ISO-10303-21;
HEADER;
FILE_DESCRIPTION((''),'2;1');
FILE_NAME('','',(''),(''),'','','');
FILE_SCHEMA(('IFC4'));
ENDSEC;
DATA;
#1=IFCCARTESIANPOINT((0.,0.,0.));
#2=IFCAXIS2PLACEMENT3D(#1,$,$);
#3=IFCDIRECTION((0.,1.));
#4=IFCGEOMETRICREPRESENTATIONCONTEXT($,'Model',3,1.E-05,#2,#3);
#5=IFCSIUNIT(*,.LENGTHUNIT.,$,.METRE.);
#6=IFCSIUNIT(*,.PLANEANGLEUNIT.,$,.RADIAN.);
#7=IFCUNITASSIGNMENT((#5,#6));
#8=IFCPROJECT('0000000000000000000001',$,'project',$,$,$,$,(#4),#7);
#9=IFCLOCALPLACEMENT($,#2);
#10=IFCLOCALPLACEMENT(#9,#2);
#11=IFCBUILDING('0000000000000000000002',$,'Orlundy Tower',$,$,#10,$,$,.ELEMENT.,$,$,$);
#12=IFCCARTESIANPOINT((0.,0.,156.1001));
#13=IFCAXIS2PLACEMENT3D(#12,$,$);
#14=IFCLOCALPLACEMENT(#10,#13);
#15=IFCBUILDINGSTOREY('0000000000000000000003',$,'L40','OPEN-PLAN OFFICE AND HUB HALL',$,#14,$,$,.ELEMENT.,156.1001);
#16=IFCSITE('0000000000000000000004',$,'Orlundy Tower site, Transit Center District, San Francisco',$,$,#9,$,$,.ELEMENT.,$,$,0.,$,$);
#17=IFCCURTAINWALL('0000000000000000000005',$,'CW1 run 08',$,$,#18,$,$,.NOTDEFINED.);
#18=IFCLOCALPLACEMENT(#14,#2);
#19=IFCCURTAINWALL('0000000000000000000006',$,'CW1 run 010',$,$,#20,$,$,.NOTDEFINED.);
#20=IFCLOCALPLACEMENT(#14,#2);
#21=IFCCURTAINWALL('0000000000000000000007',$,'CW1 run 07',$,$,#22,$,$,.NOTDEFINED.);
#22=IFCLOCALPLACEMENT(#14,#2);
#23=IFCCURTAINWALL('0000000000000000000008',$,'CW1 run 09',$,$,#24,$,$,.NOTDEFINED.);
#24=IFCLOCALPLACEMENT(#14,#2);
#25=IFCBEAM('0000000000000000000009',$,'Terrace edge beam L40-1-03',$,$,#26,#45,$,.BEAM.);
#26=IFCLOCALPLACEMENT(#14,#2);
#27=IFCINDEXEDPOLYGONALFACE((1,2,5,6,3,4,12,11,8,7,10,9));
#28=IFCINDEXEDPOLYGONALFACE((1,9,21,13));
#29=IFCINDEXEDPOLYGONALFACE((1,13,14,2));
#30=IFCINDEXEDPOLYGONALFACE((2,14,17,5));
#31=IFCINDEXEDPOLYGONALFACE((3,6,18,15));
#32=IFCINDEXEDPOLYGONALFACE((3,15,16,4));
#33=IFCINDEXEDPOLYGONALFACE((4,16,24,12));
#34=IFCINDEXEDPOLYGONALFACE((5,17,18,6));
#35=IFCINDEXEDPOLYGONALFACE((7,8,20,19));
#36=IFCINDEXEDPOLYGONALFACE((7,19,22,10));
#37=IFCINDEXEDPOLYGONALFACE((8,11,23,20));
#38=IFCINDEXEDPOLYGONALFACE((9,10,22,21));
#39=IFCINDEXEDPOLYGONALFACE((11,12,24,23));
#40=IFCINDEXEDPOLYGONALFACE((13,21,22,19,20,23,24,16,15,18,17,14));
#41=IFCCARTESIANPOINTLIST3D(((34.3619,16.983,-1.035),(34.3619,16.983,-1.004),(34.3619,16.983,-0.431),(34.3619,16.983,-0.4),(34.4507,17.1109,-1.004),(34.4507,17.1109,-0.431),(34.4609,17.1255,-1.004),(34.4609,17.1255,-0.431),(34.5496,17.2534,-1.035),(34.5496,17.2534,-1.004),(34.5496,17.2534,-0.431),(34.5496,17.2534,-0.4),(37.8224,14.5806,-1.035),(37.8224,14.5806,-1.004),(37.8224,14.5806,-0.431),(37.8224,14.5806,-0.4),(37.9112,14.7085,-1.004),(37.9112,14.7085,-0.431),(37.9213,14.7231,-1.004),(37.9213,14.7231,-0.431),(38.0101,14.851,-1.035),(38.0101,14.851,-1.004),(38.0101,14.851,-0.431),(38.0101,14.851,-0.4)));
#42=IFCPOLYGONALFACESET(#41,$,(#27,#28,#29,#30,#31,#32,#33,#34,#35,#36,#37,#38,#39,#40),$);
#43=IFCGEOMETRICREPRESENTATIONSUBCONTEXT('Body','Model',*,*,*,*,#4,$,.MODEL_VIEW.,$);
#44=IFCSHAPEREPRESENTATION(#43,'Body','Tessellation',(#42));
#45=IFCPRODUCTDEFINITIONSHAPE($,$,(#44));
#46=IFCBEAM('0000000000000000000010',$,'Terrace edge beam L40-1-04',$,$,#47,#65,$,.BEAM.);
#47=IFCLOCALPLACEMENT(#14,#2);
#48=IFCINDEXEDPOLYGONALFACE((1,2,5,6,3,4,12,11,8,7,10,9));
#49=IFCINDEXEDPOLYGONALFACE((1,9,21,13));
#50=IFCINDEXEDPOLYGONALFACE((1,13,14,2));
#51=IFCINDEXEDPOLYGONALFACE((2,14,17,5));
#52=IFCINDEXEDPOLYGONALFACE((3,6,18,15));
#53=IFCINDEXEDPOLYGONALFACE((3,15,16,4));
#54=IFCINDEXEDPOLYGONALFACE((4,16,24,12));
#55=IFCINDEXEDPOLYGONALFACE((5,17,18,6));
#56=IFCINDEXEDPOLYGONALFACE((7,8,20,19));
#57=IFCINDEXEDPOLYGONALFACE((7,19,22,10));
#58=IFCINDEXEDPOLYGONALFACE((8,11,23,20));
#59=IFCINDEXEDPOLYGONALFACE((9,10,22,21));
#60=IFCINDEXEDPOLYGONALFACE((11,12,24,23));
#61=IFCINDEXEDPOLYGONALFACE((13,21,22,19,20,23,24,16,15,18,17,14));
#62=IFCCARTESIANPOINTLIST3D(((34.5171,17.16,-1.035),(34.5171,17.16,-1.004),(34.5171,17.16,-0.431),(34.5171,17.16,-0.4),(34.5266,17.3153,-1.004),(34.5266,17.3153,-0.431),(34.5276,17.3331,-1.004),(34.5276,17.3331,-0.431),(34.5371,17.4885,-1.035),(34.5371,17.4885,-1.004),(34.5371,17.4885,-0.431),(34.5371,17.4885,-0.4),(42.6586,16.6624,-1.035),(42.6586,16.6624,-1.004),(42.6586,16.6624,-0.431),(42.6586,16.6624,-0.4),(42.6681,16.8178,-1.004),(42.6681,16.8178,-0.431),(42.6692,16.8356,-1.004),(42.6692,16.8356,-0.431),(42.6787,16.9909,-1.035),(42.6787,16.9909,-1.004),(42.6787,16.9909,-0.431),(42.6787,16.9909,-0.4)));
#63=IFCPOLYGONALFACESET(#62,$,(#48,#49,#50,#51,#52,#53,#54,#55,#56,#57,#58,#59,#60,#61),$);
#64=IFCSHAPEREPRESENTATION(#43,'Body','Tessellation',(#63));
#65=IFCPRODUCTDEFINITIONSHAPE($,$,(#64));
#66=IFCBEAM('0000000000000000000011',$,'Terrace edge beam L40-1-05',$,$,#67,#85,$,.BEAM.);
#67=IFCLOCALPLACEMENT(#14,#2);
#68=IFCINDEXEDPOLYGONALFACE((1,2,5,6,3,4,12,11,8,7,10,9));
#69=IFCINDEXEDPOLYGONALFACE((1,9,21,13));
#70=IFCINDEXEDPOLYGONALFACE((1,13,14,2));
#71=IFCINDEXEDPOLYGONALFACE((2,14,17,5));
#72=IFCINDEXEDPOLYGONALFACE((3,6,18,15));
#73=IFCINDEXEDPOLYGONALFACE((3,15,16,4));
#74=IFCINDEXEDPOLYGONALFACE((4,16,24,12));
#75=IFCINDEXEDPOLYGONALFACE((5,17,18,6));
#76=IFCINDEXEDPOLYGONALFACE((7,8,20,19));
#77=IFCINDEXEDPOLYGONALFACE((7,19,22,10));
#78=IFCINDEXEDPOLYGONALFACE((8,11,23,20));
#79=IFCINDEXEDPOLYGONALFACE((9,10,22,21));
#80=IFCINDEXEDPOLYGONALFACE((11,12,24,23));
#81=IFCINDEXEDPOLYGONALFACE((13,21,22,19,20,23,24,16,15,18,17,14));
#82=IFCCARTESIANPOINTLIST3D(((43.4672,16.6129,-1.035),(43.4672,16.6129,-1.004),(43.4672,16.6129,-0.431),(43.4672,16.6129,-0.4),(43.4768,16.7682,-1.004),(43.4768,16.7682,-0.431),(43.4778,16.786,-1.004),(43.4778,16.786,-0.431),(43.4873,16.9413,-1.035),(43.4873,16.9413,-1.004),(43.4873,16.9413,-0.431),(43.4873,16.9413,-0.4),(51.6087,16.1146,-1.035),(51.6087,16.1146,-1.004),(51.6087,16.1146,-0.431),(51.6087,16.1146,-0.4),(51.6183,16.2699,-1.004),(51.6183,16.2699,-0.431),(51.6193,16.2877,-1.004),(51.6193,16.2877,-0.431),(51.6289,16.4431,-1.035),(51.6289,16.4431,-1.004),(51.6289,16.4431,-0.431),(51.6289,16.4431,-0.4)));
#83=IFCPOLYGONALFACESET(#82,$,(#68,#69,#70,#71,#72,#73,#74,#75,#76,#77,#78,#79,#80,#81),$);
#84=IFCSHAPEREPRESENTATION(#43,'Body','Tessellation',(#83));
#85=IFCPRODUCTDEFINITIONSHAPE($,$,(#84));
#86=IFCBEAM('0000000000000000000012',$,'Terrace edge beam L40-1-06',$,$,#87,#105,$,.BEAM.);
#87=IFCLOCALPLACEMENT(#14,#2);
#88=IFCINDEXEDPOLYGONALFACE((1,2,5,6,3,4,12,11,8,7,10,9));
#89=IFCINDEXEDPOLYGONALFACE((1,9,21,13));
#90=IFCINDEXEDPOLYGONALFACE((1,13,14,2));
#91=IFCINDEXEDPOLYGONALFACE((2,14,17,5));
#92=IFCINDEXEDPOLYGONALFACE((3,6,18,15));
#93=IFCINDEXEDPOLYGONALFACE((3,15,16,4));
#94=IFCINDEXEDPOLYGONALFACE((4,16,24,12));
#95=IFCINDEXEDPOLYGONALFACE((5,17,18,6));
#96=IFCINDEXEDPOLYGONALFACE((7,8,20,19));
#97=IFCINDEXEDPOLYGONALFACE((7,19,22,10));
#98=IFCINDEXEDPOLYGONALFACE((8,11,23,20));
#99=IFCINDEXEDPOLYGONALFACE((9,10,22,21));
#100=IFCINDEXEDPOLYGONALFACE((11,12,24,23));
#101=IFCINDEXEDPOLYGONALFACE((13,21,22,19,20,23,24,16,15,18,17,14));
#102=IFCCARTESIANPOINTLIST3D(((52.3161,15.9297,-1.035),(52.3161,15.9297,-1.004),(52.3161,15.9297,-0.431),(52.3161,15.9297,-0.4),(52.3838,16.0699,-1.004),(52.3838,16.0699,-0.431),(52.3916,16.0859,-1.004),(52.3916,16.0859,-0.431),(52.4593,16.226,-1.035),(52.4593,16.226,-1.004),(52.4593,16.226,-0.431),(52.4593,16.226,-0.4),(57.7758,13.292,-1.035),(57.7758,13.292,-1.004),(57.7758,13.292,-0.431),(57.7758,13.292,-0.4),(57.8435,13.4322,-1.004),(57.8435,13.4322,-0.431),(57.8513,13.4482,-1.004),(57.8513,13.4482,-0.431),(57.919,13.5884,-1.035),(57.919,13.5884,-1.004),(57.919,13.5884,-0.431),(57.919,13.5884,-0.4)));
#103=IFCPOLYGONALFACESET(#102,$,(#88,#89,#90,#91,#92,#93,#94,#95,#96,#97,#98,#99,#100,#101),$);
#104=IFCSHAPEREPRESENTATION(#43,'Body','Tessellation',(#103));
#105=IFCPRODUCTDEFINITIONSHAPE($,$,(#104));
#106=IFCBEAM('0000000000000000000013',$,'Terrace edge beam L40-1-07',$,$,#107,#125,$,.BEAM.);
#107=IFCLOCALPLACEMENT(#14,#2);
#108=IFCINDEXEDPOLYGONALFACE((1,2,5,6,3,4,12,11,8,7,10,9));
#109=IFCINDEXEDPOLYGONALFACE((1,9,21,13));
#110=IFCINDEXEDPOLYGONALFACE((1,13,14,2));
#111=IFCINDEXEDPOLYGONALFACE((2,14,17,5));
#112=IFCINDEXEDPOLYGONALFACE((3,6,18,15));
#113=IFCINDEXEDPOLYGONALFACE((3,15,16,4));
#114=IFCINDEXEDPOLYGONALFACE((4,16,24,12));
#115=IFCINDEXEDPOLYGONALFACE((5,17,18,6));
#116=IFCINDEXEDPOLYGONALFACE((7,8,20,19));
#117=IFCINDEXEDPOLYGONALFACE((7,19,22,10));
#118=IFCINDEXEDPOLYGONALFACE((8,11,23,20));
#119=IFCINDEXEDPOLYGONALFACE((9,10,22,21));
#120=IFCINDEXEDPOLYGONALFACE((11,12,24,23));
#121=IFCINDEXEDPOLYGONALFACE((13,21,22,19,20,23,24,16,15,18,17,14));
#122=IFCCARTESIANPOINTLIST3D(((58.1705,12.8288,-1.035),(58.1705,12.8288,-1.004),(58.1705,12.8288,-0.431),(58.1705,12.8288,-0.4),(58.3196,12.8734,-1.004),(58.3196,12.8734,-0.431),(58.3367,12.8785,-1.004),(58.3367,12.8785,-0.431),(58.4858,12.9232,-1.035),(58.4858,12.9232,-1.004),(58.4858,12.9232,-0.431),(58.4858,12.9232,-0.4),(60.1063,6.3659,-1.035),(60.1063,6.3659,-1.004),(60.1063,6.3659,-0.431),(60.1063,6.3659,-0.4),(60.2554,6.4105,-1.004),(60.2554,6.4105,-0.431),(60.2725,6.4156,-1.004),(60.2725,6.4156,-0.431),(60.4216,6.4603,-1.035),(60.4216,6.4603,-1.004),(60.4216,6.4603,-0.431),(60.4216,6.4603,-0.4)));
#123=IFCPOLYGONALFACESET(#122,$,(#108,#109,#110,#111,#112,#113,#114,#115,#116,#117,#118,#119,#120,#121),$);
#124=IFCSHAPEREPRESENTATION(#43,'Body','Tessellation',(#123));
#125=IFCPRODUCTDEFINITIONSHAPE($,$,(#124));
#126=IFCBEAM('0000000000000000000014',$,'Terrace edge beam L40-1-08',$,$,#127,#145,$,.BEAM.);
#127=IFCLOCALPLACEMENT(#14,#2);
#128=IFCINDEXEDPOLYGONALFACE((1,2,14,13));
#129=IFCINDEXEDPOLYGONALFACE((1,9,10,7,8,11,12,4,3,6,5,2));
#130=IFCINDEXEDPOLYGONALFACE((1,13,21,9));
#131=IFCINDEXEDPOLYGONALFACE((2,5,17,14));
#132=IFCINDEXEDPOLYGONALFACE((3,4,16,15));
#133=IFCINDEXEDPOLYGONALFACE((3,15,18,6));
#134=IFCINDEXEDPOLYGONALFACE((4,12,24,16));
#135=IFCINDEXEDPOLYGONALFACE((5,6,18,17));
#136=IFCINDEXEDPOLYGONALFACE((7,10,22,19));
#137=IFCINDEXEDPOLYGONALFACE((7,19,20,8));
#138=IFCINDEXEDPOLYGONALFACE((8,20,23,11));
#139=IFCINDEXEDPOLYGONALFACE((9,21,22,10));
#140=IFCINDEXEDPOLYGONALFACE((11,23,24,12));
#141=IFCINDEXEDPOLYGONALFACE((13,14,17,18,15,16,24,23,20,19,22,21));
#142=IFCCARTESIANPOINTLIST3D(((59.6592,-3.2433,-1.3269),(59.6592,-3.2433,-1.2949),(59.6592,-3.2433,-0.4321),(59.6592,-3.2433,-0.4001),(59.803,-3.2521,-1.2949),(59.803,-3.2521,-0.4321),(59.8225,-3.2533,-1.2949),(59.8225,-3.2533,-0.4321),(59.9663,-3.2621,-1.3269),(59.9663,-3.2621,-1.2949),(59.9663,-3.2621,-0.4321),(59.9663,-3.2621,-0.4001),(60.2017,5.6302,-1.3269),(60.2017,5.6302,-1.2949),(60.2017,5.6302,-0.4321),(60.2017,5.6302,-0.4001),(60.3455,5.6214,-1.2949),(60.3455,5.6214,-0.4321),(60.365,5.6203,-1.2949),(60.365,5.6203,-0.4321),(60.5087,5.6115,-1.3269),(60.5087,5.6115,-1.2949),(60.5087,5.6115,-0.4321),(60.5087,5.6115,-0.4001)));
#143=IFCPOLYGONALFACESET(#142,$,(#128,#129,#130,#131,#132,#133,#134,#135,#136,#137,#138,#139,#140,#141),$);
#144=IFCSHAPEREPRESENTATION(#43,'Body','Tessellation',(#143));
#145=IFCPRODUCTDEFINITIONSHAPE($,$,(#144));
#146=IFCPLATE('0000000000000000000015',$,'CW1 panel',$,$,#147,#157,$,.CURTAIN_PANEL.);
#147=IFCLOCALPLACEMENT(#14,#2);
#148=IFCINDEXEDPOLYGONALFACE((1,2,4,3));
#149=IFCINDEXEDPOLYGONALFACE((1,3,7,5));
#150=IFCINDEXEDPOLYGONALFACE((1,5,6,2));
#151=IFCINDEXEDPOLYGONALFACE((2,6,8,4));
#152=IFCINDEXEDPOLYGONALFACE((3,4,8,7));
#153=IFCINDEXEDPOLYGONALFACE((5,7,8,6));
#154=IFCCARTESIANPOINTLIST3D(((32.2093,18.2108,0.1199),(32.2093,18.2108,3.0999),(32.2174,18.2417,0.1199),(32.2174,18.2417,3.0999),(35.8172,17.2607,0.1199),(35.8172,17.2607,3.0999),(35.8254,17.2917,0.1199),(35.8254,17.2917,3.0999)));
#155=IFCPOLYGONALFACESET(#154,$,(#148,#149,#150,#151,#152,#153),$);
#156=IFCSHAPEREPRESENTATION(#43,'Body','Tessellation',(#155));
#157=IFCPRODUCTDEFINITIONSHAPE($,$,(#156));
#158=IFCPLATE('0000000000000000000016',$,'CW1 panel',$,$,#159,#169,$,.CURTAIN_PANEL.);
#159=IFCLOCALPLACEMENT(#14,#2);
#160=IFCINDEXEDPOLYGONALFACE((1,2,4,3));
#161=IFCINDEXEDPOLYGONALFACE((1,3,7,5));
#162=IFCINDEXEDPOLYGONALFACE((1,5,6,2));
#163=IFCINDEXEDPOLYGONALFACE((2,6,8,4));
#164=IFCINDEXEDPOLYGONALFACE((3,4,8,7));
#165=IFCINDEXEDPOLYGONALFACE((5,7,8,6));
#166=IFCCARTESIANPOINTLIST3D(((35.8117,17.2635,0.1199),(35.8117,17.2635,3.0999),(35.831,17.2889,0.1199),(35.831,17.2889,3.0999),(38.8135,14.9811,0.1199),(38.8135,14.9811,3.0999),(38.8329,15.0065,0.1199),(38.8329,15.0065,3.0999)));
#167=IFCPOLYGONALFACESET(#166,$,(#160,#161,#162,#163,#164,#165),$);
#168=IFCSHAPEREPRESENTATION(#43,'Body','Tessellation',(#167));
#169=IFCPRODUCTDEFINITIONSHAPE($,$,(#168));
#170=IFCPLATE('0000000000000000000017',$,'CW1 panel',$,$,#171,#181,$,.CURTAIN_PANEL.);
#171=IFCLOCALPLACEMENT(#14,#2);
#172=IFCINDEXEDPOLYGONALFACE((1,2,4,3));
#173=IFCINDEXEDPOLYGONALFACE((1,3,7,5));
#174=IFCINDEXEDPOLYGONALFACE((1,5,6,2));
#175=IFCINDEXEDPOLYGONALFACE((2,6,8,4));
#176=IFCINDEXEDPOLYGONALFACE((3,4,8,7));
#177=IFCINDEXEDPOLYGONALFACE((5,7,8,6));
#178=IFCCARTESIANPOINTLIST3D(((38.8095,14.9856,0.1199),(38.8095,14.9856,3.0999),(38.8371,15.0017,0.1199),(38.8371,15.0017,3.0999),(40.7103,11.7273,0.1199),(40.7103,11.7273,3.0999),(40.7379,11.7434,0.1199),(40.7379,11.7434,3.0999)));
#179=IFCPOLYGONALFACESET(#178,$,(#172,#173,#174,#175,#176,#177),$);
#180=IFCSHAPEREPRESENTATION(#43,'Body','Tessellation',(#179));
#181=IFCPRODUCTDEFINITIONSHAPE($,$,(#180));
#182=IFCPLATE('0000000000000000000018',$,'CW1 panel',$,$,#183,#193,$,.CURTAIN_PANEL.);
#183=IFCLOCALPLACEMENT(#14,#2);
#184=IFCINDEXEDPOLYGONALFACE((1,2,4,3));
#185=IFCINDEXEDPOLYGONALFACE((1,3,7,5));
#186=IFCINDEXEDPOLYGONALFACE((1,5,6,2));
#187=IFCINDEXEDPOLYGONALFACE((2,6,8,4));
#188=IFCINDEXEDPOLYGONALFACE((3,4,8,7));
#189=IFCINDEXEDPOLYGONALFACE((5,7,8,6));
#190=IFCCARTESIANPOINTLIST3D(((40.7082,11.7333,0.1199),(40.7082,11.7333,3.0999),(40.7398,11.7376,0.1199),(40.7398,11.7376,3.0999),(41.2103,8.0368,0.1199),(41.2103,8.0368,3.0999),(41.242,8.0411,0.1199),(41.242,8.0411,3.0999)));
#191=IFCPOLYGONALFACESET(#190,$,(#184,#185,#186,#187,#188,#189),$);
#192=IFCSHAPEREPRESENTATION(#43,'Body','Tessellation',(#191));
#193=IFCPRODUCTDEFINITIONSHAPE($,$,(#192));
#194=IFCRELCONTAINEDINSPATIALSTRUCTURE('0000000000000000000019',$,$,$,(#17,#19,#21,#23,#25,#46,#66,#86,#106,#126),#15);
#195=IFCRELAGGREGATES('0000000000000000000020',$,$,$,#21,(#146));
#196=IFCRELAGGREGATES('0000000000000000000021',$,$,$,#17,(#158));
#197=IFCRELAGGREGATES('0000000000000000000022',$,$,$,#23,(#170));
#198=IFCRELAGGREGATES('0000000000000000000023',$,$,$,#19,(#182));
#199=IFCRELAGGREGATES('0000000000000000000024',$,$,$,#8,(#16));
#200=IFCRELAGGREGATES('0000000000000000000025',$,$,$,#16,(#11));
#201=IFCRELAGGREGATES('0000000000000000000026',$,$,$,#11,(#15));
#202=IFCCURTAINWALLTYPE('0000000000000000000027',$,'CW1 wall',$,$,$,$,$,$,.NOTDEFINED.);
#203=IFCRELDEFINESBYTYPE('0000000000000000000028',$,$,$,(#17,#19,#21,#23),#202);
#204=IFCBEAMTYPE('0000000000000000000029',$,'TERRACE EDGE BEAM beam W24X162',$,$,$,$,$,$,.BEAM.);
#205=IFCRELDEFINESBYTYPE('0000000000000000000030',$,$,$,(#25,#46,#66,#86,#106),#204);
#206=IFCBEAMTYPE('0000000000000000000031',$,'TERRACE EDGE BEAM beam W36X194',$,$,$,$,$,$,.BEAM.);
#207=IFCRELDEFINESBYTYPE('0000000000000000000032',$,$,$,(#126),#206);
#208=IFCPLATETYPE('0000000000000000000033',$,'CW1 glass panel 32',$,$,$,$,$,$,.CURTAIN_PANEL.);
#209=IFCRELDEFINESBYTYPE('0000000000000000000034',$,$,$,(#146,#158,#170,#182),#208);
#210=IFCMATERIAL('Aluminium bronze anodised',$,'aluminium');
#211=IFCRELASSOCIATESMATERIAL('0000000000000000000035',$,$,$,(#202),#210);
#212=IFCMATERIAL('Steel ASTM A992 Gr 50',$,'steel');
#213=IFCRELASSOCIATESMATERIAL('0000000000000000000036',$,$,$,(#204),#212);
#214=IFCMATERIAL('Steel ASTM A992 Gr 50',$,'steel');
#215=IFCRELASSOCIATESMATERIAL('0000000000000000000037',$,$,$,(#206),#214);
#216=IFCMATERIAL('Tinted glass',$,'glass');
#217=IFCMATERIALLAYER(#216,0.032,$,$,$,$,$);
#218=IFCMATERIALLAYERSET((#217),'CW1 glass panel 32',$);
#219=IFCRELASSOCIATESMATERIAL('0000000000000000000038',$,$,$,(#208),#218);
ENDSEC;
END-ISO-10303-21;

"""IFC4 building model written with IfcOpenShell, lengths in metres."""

from ifc_helpers import new_model, si_unit, direction, frame, origin, origin_2d, place, context, subcontext, project, spatial, rectangle, i_section, extrude, material, layer, layer_set, material_profile, profile_set, type_object, element, aggregate, save


model = new_model("IFC4")

# Units and contexts
model_context = context("Model", 3, precision=1e-05, world=origin(), true_north=direction((0.0, 1.0)))
body_context = subcontext(model_context, "Body", "Model", "MODEL_VIEW")
ifc_project = project(units=[si_unit("LENGTHUNIT", "METRE"), si_unit("PLANEANGLEUNIT", "RADIAN")], contexts=[model_context])

# Site, building, storey
site_placement = place(None, origin())
site = spatial("IfcSite", under=ifc_project, at=site_placement, Name="Orlundy Tower site, Transit Center District, San Francisco", CompositionType="ELEMENT", RefElevation=0.0)
building_placement = place(site_placement, origin())
building = spatial("IfcBuilding", under=site, at=building_placement, Name="Orlundy Tower", CompositionType="ELEMENT")
storey_placement = place(building_placement, frame((0.0, 0.0, 156.1001)))
storey = spatial("IfcBuildingStorey", under=building, at=storey_placement, Name="L40", Description="OPEN-PLAN OFFICE AND HUB HALL", CompositionType="ELEMENT", Elevation=156.1001)

# Curtain walls
ifc_material_1 = material(Name="Aluminium bronze anodised", Category="aluminium")
curtain_wall_type = type_object("IfcCurtainWallType", Name="CW1 wall", PredefinedType="NOTDEFINED", material=ifc_material_1)
curtain_wall_1_placement = place(storey_placement, origin())
curtain_wall_1 = element("IfcCurtainWall", 1, at=curtain_wall_1_placement, inside=storey, type_object=curtain_wall_type, Name="CW1 run 08", PredefinedType="NOTDEFINED")
curtain_wall_2_placement = place(storey_placement, origin())
curtain_wall_2 = element("IfcCurtainWall", 2, at=curtain_wall_2_placement, inside=storey, type_object=curtain_wall_type, Name="CW1 run 010", PredefinedType="NOTDEFINED")
curtain_wall_3_placement = place(storey_placement, origin())
curtain_wall_3 = element("IfcCurtainWall", 3, at=curtain_wall_3_placement, inside=storey, type_object=curtain_wall_type, Name="CW1 run 07", PredefinedType="NOTDEFINED")

# Curtain wall
curtain_wall_4_placement = place(storey_placement, origin())
curtain_wall_4 = element("IfcCurtainWall", 4, at=curtain_wall_4_placement, inside=storey, type_object=curtain_wall_type, Name="CW1 run 09", PredefinedType="NOTDEFINED")

# Beams
ifc_material_2 = material(Name="Steel ASTM A992 Gr 50", Category="steel")
ifc_material_profile_1 = material_profile(ifc_material_2, i_section(OverallWidth=0.3291, OverallDepth=0.635, WebThickness=0.0178, FlangeThickness=0.031, at=origin_2d()), Name="W24X162")
ifc_profile_set_1 = profile_set([ifc_material_profile_1], Name="Steel ASTM A992 Gr 50")
beam_type_1 = type_object("IfcBeamType", Name="TERRACE EDGE BEAM beam W24X162", PredefinedType="BEAM", material=ifc_profile_set_1)
beam_1_placement = place(storey_placement, frame((37.9163, 14.7158, -0.7175), z_axis=(-0.821453, 0.570276, 0.0), x_axis=(-0.570276, -0.821453, 0.0)))
element("IfcBeam", 5, at=beam_1_placement, inside=storey, type_object=beam_type_1, Name="Terrace edge beam L40-1-03", PredefinedType="BEAM", context=body_context, shape_type="SweptSolid", body=[
    extrude(i_section(OverallWidth=0.3291, OverallDepth=0.635, WebThickness=0.0178, FlangeThickness=0.031, at=origin_2d()), origin(), (0.0, 0.0, 1.0), 4.2126),
])
for number, where, z_axis, x_axis, name in (
    (6, (34.5271, 17.3242, -0.7175), (0.998138, -0.060999, 0.0), (0.060999, 0.998138, 0.0), "Terrace edge beam L40-1-04"),
    (7, (43.4773, 16.7771, -0.7175), (0.998132, -0.061089, 0.0), (0.061089, 0.998132, 0.0), "Terrace edge beam L40-1-05"),
):
    element("IfcBeam", number, at=place(storey_placement, frame(where, z_axis=z_axis, x_axis=x_axis)), inside=storey, type_object=beam_type_1, Name=name, PredefinedType="BEAM", context=body_context, shape_type="SweptSolid", body=[
        extrude(i_section(OverallWidth=0.3291, OverallDepth=0.635, WebThickness=0.0178, FlangeThickness=0.031, at=origin_2d()), origin(), (0.0, 0.0, 1.0), 8.1567),
    ])
beam_2_placement = place(storey_placement, frame((52.3877, 16.0779, -0.7175), z_axis=(0.900424, -0.435013, 0.0), x_axis=(0.435013, 0.900424, 0.0)))
element("IfcBeam", 8, at=beam_2_placement, inside=storey, type_object=beam_type_1, Name="Terrace edge beam L40-1-06", PredefinedType="BEAM", context=body_context, shape_type="SweptSolid", body=[
    extrude(i_section(OverallWidth=0.3291, OverallDepth=0.635, WebThickness=0.0178, FlangeThickness=0.031, at=origin_2d()), origin(), (0.0, 0.0, 1.0), 6.0635),
])
beam_3_placement = place(storey_placement, frame((58.3281, 12.876, -0.7175), z_axis=(0.28693, -0.957952, 0.0), x_axis=(0.957952, 0.28693, 0.0)))
element("IfcBeam", 9, at=beam_3_placement, inside=storey, type_object=beam_type_1, Name="Terrace edge beam L40-1-07", PredefinedType="BEAM", context=body_context, shape_type="SweptSolid", body=[
    extrude(i_section(OverallWidth=0.3291, OverallDepth=0.635, WebThickness=0.0178, FlangeThickness=0.031, at=origin_2d()), origin(), (0.0, 0.0, 1.0), 6.7466),
])
ifc_material_3 = material(Name="Steel ASTM A992 Gr 50", Category="steel")
ifc_material_profile_2 = material_profile(ifc_material_3, i_section(OverallWidth=0.3076, OverallDepth=0.9268, WebThickness=0.0195, FlangeThickness=0.032, at=origin_2d()), Name="W36X194")
ifc_profile_set_2 = profile_set([ifc_material_profile_2], Name="Steel ASTM A992 Gr 50")
beam_type_2 = type_object("IfcBeamType", Name="TERRACE EDGE BEAM beam W36X194", PredefinedType="BEAM", material=ifc_profile_set_2)
beam_4_placement = place(storey_placement, frame((60.3552, 5.6208, -0.8635), z_axis=(-0.061021, -0.998136, 0.0), x_axis=(0.998136, -0.061021, 0.0)))
element("IfcBeam", 10, at=beam_4_placement, inside=storey, type_object=beam_type_2, Name="Terrace edge beam L40-1-08", PredefinedType="BEAM", context=body_context, shape_type="SweptSolid", body=[
    extrude(i_section(OverallWidth=0.3076, OverallDepth=0.9268, WebThickness=0.0195, FlangeThickness=0.032, at=origin_2d()), origin(), (0.0, 0.0, 1.0), 8.8901),
])

# Plates
ifc_material_4 = material(Name="Tinted glass", Category="glass")
ifc_layer = layer(ifc_material_4, 0.032)
ifc_layer_set = layer_set([ifc_layer], Name="CW1 glass panel 32")
plate_type = type_object("IfcPlateType", Name="CW1 glass panel 32", PredefinedType="CURTAIN_PANEL", material=ifc_layer_set)
plate_1_placement = place(storey_placement, frame((34.0173, 17.7512, 0.1199), z_axis=(0.0, 0.0, 1.0), x_axis=(0.967036, -0.254639, 0.0)))
plate_1 = element("IfcPlate", 11, at=plate_1_placement, type_object=plate_type, Name="CW1 panel", PredefinedType="CURTAIN_PANEL", context=body_context, shape_type="SweptSolid", body=[
    extrude(rectangle(XDim=3.731, YDim=0.032, at=origin_2d()), origin(), (0.0, 0.0, 1.0), 2.98),
])
aggregate(curtain_wall_3, [plate_1])
plate_2_placement = place(storey_placement, frame((37.3223, 16.135, 0.1199), z_axis=(0.0, 0.0, 1.0), x_axis=(0.796032, -0.605254, 0.0)))
plate_2 = element("IfcPlate", 12, at=plate_2_placement, type_object=plate_type, Name="CW1 panel", PredefinedType="CURTAIN_PANEL", context=body_context, shape_type="SweptSolid", body=[
    extrude(rectangle(XDim=3.771, YDim=0.032, at=origin_2d()), origin(), (0.0, 0.0, 1.0), 2.98),
])
aggregate(curtain_wall_1, [plate_2])
plate_3_placement = place(storey_placement, frame((39.7737, 13.3645, 0.1199), z_axis=(0.0, 0.0, 1.0), x_axis=(0.503905, -0.863759, 0.0)))
plate_3 = element("IfcPlate", 13, at=plate_3_placement, type_object=plate_type, Name="CW1 panel", PredefinedType="CURTAIN_PANEL", context=body_context, shape_type="SweptSolid", body=[
    extrude(rectangle(XDim=3.7722, YDim=0.032, at=origin_2d()), origin(), (0.0, 0.0, 1.0), 2.98),
])
aggregate(curtain_wall_4, [plate_3])
plate_4_placement = place(storey_placement, frame((40.9751, 9.8872, 0.1199), z_axis=(0.0, 0.0, 1.0), x_axis=(0.13462, -0.990897, 0.0)))
plate_4 = element("IfcPlate", 14, at=plate_4_placement, type_object=plate_type, Name="CW1 panel", PredefinedType="CURTAIN_PANEL", context=body_context, shape_type="SweptSolid", body=[
    extrude(rectangle(XDim=3.7305, YDim=0.032, at=origin_2d()), origin(), (0.0, 0.0, 1.0), 2.98),
])
aggregate(curtain_wall_2, [plate_4])

save(model, "model.ifc")
